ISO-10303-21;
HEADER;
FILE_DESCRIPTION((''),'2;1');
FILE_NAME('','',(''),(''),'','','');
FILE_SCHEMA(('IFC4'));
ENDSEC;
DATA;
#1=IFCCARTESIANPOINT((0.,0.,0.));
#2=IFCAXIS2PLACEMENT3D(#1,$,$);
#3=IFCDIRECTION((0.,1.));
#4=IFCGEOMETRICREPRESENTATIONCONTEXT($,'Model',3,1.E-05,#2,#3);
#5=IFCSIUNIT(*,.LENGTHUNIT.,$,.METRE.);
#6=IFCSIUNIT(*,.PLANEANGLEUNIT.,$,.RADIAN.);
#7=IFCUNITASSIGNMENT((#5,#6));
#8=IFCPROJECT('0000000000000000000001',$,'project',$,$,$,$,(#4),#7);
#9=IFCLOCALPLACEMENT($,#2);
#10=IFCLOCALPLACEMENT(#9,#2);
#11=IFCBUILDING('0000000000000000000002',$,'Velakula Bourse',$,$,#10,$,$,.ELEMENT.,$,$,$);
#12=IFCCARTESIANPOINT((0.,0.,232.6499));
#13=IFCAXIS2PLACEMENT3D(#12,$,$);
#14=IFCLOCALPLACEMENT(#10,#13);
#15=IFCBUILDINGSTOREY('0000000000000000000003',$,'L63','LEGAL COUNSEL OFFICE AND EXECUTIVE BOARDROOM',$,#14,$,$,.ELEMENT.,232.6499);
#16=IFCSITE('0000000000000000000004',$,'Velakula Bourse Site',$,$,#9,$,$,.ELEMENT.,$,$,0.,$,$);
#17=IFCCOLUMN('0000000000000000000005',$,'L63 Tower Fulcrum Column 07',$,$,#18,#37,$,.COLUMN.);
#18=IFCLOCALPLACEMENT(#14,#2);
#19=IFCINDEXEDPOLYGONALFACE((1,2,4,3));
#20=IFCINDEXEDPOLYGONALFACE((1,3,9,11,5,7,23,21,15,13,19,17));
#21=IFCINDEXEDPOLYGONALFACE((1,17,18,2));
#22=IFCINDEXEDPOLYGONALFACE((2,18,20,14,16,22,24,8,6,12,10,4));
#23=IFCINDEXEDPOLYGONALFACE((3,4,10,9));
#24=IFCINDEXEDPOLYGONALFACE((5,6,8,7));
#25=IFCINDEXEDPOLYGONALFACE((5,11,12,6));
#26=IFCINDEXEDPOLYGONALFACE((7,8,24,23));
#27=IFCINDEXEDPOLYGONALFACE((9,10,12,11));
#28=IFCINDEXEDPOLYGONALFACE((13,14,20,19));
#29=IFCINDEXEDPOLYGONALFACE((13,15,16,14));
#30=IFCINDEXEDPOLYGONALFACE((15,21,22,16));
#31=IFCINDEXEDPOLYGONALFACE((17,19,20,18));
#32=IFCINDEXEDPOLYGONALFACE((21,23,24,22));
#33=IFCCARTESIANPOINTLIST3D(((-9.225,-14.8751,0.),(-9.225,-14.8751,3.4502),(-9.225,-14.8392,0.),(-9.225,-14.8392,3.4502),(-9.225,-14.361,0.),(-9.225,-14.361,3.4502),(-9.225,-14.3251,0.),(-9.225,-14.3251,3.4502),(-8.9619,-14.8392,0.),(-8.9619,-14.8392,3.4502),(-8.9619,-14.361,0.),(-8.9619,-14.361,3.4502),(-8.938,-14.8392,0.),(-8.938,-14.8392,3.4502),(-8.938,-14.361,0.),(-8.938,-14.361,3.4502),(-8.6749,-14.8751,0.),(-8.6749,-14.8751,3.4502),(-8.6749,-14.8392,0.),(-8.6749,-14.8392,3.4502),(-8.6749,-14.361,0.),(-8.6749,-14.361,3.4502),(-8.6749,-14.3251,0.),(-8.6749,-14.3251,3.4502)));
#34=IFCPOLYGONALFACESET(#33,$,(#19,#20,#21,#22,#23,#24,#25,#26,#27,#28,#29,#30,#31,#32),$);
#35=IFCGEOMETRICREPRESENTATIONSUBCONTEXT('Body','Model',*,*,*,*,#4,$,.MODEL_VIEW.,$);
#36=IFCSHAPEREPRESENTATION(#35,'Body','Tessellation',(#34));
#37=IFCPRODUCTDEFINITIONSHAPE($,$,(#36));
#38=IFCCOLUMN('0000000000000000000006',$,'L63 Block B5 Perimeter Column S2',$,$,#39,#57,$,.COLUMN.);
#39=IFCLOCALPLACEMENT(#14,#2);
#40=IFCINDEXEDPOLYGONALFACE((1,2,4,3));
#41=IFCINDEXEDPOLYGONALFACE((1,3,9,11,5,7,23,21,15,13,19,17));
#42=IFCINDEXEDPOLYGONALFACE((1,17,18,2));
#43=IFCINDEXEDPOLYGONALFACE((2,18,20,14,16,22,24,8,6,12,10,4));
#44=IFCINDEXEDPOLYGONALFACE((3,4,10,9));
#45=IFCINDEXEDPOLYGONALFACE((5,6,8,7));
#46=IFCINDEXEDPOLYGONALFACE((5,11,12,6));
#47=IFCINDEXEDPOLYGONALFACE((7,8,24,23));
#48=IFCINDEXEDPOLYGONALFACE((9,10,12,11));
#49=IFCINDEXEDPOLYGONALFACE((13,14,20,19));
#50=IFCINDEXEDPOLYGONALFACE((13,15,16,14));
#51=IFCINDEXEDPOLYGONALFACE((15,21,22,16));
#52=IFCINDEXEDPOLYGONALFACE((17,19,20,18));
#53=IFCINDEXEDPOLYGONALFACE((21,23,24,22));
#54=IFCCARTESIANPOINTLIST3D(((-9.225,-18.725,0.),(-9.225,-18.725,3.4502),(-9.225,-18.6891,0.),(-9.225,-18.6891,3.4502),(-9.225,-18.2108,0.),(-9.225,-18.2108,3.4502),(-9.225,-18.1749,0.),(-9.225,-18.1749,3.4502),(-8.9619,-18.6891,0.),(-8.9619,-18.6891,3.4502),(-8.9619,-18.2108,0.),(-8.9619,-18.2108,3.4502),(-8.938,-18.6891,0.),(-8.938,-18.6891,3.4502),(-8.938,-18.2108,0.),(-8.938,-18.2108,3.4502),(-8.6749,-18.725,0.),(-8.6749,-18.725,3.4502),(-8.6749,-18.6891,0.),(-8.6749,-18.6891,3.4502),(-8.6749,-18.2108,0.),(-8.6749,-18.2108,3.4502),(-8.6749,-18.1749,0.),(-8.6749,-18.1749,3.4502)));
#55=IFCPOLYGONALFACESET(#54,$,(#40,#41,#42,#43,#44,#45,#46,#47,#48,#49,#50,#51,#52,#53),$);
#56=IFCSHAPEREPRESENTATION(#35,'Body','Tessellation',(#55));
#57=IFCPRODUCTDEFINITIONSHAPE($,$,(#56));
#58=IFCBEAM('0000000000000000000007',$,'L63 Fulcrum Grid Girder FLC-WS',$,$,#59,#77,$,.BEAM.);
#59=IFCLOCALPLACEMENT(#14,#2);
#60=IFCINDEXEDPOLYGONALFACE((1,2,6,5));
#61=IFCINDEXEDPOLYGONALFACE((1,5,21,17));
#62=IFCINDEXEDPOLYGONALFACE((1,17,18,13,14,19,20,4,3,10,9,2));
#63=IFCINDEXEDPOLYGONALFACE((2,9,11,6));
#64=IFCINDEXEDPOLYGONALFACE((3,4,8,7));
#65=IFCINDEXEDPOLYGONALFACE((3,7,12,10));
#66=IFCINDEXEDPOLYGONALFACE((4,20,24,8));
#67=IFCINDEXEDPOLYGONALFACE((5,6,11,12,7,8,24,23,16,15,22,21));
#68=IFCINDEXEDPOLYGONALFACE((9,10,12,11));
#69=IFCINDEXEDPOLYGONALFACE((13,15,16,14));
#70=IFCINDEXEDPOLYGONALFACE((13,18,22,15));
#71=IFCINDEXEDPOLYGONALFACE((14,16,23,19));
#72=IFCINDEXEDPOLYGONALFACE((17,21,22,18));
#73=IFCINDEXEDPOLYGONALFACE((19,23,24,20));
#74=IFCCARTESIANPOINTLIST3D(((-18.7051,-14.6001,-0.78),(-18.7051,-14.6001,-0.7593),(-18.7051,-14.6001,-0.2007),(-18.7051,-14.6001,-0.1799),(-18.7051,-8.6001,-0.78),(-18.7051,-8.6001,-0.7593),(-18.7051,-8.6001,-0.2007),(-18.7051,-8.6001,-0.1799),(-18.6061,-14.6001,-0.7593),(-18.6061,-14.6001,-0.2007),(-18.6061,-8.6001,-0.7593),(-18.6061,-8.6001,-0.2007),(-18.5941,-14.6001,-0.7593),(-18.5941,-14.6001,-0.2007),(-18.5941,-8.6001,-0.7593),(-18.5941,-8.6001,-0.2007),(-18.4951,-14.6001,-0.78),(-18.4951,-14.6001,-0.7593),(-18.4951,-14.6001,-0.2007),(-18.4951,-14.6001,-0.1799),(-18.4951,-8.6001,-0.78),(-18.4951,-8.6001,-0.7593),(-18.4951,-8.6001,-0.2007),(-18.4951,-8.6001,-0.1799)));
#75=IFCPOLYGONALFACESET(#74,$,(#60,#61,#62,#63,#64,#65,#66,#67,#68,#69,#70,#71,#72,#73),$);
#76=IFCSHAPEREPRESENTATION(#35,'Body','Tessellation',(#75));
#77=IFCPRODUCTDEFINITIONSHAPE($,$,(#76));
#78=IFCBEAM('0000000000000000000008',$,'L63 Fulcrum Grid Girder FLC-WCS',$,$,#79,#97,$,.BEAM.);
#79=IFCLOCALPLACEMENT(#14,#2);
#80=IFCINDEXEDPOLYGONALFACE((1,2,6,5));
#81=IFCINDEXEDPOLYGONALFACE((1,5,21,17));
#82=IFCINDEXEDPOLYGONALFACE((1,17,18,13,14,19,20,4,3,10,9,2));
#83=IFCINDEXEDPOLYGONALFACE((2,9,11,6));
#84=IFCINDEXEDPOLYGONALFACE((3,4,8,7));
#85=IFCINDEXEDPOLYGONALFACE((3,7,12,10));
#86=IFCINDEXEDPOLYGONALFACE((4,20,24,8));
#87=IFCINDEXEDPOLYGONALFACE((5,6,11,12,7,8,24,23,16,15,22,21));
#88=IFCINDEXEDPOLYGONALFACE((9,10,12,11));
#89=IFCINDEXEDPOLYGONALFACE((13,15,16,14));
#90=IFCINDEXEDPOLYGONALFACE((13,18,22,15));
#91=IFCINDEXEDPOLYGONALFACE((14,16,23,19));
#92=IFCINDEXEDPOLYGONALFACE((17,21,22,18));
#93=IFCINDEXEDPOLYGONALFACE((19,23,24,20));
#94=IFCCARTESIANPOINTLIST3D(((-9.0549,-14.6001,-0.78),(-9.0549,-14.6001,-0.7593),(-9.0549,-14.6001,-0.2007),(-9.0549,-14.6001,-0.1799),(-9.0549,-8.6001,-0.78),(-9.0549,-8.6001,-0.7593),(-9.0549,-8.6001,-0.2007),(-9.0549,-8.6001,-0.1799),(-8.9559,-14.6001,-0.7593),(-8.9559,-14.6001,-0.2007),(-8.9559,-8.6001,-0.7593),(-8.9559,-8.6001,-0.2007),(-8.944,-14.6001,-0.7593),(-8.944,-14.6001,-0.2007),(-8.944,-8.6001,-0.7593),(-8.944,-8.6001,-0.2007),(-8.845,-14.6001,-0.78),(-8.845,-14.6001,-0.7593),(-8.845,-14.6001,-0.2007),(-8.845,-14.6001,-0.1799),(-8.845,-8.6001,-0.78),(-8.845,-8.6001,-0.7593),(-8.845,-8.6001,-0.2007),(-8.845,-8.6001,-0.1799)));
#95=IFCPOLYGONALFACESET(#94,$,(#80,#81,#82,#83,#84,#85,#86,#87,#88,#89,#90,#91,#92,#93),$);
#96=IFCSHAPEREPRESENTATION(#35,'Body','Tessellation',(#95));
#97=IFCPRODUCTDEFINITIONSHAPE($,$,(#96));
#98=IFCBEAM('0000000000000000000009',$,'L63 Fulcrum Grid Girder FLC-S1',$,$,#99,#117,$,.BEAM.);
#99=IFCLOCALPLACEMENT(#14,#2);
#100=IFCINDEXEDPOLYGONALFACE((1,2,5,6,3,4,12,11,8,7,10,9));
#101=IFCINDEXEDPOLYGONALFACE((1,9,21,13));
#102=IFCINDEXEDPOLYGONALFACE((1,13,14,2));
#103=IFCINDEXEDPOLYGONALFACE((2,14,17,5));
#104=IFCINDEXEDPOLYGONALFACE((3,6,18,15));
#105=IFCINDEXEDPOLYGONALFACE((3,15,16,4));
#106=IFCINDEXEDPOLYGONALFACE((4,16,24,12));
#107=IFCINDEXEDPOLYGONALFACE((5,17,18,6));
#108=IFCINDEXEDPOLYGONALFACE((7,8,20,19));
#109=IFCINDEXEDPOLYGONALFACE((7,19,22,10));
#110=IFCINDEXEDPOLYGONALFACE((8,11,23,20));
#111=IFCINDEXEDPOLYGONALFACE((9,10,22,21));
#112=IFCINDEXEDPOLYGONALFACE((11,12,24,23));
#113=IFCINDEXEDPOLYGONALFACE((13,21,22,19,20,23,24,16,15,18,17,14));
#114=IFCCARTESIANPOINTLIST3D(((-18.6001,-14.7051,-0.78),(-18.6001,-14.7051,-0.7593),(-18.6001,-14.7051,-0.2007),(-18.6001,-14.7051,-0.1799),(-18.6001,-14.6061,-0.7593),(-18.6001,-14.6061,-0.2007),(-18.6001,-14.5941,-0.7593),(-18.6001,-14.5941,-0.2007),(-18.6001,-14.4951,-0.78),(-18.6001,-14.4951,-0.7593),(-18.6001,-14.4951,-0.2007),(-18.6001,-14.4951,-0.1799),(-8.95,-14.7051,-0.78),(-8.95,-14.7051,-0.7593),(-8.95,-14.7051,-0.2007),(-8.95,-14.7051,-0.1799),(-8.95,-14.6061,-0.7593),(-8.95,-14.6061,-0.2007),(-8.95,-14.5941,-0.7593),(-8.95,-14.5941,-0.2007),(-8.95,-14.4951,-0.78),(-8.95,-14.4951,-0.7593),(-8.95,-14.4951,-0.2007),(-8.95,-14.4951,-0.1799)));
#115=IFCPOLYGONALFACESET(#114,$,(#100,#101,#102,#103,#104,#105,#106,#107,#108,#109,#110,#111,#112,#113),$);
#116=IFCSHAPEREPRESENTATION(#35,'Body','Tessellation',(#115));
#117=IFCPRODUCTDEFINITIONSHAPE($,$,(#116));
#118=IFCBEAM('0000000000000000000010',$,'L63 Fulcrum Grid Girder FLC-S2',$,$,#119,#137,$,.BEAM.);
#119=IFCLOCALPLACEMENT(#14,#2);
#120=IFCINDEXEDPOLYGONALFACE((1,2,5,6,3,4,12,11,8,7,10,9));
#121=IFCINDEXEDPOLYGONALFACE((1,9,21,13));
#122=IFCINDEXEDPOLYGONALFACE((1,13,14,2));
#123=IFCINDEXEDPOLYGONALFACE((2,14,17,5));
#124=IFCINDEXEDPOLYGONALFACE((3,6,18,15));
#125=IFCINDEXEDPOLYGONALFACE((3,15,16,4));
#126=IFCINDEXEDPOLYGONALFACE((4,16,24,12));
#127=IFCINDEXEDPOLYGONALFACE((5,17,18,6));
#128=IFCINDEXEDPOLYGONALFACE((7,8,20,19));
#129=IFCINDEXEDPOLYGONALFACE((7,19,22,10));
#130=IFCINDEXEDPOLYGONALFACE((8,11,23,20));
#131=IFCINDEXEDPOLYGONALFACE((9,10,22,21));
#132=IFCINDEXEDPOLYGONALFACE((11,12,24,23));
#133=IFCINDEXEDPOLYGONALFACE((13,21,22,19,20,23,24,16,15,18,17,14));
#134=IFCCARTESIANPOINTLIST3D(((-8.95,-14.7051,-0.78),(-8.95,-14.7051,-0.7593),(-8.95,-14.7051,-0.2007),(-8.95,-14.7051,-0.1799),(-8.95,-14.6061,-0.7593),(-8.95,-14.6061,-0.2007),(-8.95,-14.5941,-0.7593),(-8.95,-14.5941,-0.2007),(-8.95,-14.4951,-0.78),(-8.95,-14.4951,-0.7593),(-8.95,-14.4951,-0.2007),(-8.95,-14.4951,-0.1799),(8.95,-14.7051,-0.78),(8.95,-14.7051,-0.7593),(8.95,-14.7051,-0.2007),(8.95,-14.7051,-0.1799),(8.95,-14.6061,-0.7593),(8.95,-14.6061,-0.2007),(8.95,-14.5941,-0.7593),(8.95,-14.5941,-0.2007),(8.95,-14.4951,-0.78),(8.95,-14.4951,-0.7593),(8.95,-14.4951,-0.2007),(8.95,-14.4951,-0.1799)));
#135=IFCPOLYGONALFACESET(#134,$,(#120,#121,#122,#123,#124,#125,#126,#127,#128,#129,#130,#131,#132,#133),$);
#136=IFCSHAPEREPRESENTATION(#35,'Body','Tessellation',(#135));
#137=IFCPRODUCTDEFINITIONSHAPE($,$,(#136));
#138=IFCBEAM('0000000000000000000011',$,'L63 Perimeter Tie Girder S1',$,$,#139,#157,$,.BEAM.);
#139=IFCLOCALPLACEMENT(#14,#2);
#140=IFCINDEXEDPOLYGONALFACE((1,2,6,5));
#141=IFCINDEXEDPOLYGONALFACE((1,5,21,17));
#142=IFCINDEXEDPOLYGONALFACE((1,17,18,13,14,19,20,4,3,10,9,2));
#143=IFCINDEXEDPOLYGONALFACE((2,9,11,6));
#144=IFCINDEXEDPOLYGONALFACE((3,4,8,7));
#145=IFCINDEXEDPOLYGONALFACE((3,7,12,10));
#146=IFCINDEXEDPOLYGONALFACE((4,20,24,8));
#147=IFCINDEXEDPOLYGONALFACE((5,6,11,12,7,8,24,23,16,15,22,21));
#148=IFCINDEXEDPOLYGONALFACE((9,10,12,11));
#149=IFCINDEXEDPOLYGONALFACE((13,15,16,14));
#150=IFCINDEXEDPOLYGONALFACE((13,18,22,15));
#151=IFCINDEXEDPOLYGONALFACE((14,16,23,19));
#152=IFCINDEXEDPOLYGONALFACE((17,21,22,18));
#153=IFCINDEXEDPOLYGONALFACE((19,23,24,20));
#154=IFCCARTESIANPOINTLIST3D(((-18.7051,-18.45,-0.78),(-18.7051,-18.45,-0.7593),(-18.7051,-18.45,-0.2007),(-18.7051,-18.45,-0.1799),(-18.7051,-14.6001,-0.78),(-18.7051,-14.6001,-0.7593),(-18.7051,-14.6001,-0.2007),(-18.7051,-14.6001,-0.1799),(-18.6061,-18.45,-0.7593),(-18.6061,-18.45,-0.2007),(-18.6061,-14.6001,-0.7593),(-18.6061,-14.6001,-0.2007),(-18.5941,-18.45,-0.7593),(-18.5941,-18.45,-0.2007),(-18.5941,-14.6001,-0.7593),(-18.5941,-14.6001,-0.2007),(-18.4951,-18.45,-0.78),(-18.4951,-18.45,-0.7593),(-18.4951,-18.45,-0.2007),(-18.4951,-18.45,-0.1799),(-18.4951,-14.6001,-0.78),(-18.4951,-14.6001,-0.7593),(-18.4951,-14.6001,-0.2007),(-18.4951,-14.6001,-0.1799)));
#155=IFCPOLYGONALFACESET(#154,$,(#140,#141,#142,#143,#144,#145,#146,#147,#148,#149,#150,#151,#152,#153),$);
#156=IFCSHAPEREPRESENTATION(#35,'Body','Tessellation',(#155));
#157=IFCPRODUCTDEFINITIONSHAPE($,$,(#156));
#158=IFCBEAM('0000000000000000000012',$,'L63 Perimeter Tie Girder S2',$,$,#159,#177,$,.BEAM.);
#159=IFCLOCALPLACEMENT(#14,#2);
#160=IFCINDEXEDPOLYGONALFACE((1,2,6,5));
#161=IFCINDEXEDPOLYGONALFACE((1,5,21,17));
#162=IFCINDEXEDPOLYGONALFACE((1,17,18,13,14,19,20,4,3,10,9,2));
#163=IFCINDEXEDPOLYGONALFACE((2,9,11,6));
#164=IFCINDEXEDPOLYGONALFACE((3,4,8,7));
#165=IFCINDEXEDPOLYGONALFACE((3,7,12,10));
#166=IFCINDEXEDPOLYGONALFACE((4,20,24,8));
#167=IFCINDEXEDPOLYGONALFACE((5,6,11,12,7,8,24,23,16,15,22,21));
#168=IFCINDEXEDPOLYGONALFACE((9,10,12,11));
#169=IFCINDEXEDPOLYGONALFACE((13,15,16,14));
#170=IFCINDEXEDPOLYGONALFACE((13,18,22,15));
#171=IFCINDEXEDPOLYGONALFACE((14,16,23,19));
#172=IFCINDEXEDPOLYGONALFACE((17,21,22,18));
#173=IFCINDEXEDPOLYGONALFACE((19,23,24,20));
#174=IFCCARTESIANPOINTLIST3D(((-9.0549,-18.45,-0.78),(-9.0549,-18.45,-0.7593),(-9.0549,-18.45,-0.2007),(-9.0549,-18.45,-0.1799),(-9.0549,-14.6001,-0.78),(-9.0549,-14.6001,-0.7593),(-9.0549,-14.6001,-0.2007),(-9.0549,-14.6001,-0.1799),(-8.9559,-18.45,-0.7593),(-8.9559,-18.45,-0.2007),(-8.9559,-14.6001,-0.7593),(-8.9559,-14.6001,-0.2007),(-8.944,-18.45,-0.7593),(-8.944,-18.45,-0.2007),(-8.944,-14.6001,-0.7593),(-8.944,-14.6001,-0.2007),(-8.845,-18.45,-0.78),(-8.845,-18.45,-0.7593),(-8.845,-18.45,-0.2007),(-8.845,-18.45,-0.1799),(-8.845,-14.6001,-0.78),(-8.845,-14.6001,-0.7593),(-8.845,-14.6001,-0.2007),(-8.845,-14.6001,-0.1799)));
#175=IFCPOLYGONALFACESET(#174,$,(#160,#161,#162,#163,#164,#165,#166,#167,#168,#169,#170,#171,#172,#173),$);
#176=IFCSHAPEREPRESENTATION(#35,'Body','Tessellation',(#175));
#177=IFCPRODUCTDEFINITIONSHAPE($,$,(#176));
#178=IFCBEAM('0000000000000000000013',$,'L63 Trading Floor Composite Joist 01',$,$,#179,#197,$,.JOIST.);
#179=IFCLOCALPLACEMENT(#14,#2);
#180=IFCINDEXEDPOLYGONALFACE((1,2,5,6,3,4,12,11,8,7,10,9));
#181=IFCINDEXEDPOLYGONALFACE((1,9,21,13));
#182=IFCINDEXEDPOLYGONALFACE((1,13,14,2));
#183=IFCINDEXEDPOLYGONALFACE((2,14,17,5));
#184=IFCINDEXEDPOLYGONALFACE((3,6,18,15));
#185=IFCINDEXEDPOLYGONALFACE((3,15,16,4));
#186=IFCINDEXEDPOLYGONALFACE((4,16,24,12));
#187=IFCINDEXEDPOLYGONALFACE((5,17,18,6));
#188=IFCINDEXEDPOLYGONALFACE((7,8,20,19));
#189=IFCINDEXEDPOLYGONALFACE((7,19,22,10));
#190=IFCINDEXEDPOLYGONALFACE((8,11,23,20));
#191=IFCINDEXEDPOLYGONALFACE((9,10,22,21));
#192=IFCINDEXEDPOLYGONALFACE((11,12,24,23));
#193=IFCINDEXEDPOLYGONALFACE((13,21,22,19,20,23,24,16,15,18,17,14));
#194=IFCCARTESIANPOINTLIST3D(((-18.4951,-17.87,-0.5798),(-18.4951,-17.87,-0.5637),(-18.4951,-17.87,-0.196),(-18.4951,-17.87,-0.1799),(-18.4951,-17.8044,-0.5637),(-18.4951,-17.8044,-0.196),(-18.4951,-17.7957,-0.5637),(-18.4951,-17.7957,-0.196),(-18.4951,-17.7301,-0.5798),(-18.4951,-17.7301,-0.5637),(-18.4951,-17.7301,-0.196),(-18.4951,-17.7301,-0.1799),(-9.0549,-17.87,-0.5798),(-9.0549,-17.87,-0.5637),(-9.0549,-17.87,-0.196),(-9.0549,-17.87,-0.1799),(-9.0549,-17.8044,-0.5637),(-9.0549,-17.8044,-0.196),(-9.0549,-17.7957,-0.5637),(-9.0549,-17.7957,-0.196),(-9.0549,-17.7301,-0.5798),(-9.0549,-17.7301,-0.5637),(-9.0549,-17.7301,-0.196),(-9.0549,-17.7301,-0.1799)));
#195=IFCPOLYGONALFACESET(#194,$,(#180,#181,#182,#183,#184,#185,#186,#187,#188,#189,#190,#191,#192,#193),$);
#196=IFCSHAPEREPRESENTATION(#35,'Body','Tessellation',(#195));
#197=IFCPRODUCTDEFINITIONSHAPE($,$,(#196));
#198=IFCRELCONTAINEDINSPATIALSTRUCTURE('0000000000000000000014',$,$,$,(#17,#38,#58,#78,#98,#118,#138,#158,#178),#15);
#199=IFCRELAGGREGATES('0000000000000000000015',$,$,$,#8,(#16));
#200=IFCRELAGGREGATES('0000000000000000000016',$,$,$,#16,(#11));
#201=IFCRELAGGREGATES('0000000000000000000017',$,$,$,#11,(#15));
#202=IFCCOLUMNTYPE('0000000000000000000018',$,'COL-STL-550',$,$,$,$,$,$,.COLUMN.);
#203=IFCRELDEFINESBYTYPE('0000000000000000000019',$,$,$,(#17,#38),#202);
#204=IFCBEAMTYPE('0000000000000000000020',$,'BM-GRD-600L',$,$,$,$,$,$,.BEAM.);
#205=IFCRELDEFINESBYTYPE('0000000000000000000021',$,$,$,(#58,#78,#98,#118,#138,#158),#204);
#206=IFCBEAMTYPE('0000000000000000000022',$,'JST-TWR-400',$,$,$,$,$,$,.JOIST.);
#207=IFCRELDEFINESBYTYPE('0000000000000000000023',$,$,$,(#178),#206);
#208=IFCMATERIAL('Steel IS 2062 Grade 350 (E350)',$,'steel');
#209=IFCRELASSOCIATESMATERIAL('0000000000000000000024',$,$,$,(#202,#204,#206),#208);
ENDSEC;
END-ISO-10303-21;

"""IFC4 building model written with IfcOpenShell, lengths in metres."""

from ifc_helpers import new_model, si_unit, direction, frame, origin, origin_2d, place, context, subcontext, project, spatial, i_section, extrude, material, material_profile, profile_set, type_object, element, save


model = new_model("IFC4")

# Units and contexts
model_context = context("Model", 3, precision=1e-05, world=origin(), true_north=direction((0.0, 1.0)))
body_context = subcontext(model_context, "Body", "Model", "MODEL_VIEW")
ifc_project = project(units=[si_unit("LENGTHUNIT", "METRE"), si_unit("PLANEANGLEUNIT", "RADIAN")], contexts=[model_context])

# Site, building, storey
site_placement = place(None, origin())
site = spatial("IfcSite", under=ifc_project, at=site_placement, Name="Velakula Bourse Site", CompositionType="ELEMENT", RefElevation=0.0)
building_placement = place(site_placement, origin())
building = spatial("IfcBuilding", under=site, at=building_placement, Name="Velakula Bourse", CompositionType="ELEMENT")
storey_placement = place(building_placement, frame((0.0, 0.0, 232.6499)))
storey = spatial("IfcBuildingStorey", under=building, at=storey_placement, Name="L63", Description="LEGAL COUNSEL OFFICE AND EXECUTIVE BOARDROOM", CompositionType="ELEMENT", Elevation=232.6499)

# Columns
ifc_material_1 = material(Name="Steel IS 2062 Grade 350 (E350)", Category="steel")
ifc_material_profile_1 = material_profile(ifc_material_1, i_section(OverallWidth=0.55, OverallDepth=0.55, WebThickness=0.0239, FlangeThickness=0.0359, at=origin_2d()), Name="Steel IS 2062 Grade 350 (E350)")
ifc_profile_set_1 = profile_set([ifc_material_profile_1], Name="Steel IS 2062 Grade 350 (E350)")
column_type = type_object("IfcColumnType", Name="COL-STL-550", PredefinedType="COLUMN", material=ifc_profile_set_1)
for number, where, z_axis, x_axis, name in (
    (1, (-8.95, -14.6001, 0.0), (0.0, 0.0, 1.0), (1.0, 0.0, 0.0), "L63 Tower Fulcrum Column 07"),
    (2, (-8.95, -18.45, 0.0), (0.0, 0.0, 1.0), (1.0, 0.0, 0.0), "L63 Block B5 Perimeter Column S2"),
):
    element("IfcColumn", number, at=place(storey_placement, frame(where, z_axis=z_axis, x_axis=x_axis)), inside=storey, type_object=column_type, Name=name, PredefinedType="COLUMN", context=body_context, shape_type="SweptSolid", body=[
        extrude(i_section(OverallWidth=0.55, OverallDepth=0.55, WebThickness=0.0239, FlangeThickness=0.0359, at=origin_2d()), origin(), (0.0, 0.0, 1.0), 3.4502),
    ])

# Beams
ifc_material_profile_2 = material_profile(ifc_material_1, i_section(OverallWidth=0.21, OverallDepth=0.6001, WebThickness=0.012, FlangeThickness=0.0208, at=origin_2d()), Name="Steel IS 2062 Grade 350 (E350)")
ifc_profile_set_2 = profile_set([ifc_material_profile_2], Name="Steel IS 2062 Grade 350 (E350)")
beam_type_1 = type_object("IfcBeamType", Name="BM-GRD-600L", PredefinedType="BEAM", material=ifc_profile_set_2)
for number, where, z_axis, x_axis, name in (
    (3, (-18.6001, -14.6001, -0.48), (0.0, 1.0, 0.0), (-1.0, 0.0, 0.0), "L63 Fulcrum Grid Girder FLC-WS"),
    (4, (-8.95, -14.6001, -0.48), (0.0, 1.0, 0.0), (-1.0, 0.0, 0.0), "L63 Fulcrum Grid Girder FLC-WCS"),
):
    element("IfcBeam", number, at=place(storey_placement, frame(where, z_axis=z_axis, x_axis=x_axis)), inside=storey, type_object=beam_type_1, Name=name, PredefinedType="BEAM", context=body_context, shape_type="SweptSolid", body=[
        extrude(i_section(OverallWidth=0.21, OverallDepth=0.6001, WebThickness=0.012, FlangeThickness=0.0208, at=origin_2d()), origin(), (0.0, 0.0, 1.0), 6.0),
    ])
beam_1_placement = place(storey_placement, frame((-18.6001, -14.6001, -0.48), z_axis=(1.0, 0.0, 0.0), x_axis=(0.0, 1.0, 0.0)))
element("IfcBeam", 5, at=beam_1_placement, inside=storey, type_object=beam_type_1, Name="L63 Fulcrum Grid Girder FLC-S1", PredefinedType="BEAM", context=body_context, shape_type="SweptSolid", body=[
    extrude(i_section(OverallWidth=0.21, OverallDepth=0.6001, WebThickness=0.012, FlangeThickness=0.0208, at=origin_2d()), origin(), (0.0, 0.0, 1.0), 9.6501),
])
beam_2_placement = place(storey_placement, frame((-8.95, -14.6001, -0.48), z_axis=(1.0, 0.0, 0.0), x_axis=(0.0, 1.0, 0.0)))
element("IfcBeam", 6, at=beam_2_placement, inside=storey, type_object=beam_type_1, Name="L63 Fulcrum Grid Girder FLC-S2", PredefinedType="BEAM", context=body_context, shape_type="SweptSolid", body=[
    extrude(i_section(OverallWidth=0.21, OverallDepth=0.6001, WebThickness=0.012, FlangeThickness=0.0208, at=origin_2d()), origin(), (0.0, 0.0, 1.0), 17.8999),
])
for number, where, z_axis, x_axis, name in (
    (7, (-18.6001, -14.6001, -0.48), (0.0, -1.0, 0.0), (1.0, 0.0, 0.0), "L63 Perimeter Tie Girder S1"),
    (8, (-8.95, -14.6001, -0.48), (0.0, -1.0, 0.0), (1.0, 0.0, 0.0), "L63 Perimeter Tie Girder S2"),
):
    element("IfcBeam", number, at=place(storey_placement, frame(where, z_axis=z_axis, x_axis=x_axis)), inside=storey, type_object=beam_type_1, Name=name, PredefinedType="BEAM", context=body_context, shape_type="SweptSolid", body=[
        extrude(i_section(OverallWidth=0.21, OverallDepth=0.6001, WebThickness=0.012, FlangeThickness=0.0208, at=origin_2d()), origin(), (0.0, 0.0, 1.0), 3.8499),
    ])
ifc_material_profile_3 = material_profile(ifc_material_1, i_section(OverallWidth=0.1399, OverallDepth=0.3999, WebThickness=0.0088, FlangeThickness=0.0161, at=origin_2d()), Name="Steel IS 2062 Grade 350 (E350)")
ifc_profile_set_3 = profile_set([ifc_material_profile_3], Name="Steel IS 2062 Grade 350 (E350)")
beam_type_2 = type_object("IfcBeamType", Name="JST-TWR-400", PredefinedType="JOIST", material=ifc_profile_set_3)
beam_3_placement = place(storey_placement, frame((-18.4951, -17.8, -0.3799), z_axis=(1.0, 0.0, 0.0), x_axis=(0.0, 1.0, 0.0)))
element("IfcBeam", 9, at=beam_3_placement, inside=storey, type_object=beam_type_2, Name="L63 Trading Floor Composite Joist 01", PredefinedType="JOIST", context=body_context, shape_type="SweptSolid", body=[
    extrude(i_section(OverallWidth=0.1399, OverallDepth=0.3999, WebThickness=0.0088, FlangeThickness=0.0161, at=origin_2d()), origin(), (0.0, 0.0, 1.0), 9.4402),
])

save(model, "model.ifc")
